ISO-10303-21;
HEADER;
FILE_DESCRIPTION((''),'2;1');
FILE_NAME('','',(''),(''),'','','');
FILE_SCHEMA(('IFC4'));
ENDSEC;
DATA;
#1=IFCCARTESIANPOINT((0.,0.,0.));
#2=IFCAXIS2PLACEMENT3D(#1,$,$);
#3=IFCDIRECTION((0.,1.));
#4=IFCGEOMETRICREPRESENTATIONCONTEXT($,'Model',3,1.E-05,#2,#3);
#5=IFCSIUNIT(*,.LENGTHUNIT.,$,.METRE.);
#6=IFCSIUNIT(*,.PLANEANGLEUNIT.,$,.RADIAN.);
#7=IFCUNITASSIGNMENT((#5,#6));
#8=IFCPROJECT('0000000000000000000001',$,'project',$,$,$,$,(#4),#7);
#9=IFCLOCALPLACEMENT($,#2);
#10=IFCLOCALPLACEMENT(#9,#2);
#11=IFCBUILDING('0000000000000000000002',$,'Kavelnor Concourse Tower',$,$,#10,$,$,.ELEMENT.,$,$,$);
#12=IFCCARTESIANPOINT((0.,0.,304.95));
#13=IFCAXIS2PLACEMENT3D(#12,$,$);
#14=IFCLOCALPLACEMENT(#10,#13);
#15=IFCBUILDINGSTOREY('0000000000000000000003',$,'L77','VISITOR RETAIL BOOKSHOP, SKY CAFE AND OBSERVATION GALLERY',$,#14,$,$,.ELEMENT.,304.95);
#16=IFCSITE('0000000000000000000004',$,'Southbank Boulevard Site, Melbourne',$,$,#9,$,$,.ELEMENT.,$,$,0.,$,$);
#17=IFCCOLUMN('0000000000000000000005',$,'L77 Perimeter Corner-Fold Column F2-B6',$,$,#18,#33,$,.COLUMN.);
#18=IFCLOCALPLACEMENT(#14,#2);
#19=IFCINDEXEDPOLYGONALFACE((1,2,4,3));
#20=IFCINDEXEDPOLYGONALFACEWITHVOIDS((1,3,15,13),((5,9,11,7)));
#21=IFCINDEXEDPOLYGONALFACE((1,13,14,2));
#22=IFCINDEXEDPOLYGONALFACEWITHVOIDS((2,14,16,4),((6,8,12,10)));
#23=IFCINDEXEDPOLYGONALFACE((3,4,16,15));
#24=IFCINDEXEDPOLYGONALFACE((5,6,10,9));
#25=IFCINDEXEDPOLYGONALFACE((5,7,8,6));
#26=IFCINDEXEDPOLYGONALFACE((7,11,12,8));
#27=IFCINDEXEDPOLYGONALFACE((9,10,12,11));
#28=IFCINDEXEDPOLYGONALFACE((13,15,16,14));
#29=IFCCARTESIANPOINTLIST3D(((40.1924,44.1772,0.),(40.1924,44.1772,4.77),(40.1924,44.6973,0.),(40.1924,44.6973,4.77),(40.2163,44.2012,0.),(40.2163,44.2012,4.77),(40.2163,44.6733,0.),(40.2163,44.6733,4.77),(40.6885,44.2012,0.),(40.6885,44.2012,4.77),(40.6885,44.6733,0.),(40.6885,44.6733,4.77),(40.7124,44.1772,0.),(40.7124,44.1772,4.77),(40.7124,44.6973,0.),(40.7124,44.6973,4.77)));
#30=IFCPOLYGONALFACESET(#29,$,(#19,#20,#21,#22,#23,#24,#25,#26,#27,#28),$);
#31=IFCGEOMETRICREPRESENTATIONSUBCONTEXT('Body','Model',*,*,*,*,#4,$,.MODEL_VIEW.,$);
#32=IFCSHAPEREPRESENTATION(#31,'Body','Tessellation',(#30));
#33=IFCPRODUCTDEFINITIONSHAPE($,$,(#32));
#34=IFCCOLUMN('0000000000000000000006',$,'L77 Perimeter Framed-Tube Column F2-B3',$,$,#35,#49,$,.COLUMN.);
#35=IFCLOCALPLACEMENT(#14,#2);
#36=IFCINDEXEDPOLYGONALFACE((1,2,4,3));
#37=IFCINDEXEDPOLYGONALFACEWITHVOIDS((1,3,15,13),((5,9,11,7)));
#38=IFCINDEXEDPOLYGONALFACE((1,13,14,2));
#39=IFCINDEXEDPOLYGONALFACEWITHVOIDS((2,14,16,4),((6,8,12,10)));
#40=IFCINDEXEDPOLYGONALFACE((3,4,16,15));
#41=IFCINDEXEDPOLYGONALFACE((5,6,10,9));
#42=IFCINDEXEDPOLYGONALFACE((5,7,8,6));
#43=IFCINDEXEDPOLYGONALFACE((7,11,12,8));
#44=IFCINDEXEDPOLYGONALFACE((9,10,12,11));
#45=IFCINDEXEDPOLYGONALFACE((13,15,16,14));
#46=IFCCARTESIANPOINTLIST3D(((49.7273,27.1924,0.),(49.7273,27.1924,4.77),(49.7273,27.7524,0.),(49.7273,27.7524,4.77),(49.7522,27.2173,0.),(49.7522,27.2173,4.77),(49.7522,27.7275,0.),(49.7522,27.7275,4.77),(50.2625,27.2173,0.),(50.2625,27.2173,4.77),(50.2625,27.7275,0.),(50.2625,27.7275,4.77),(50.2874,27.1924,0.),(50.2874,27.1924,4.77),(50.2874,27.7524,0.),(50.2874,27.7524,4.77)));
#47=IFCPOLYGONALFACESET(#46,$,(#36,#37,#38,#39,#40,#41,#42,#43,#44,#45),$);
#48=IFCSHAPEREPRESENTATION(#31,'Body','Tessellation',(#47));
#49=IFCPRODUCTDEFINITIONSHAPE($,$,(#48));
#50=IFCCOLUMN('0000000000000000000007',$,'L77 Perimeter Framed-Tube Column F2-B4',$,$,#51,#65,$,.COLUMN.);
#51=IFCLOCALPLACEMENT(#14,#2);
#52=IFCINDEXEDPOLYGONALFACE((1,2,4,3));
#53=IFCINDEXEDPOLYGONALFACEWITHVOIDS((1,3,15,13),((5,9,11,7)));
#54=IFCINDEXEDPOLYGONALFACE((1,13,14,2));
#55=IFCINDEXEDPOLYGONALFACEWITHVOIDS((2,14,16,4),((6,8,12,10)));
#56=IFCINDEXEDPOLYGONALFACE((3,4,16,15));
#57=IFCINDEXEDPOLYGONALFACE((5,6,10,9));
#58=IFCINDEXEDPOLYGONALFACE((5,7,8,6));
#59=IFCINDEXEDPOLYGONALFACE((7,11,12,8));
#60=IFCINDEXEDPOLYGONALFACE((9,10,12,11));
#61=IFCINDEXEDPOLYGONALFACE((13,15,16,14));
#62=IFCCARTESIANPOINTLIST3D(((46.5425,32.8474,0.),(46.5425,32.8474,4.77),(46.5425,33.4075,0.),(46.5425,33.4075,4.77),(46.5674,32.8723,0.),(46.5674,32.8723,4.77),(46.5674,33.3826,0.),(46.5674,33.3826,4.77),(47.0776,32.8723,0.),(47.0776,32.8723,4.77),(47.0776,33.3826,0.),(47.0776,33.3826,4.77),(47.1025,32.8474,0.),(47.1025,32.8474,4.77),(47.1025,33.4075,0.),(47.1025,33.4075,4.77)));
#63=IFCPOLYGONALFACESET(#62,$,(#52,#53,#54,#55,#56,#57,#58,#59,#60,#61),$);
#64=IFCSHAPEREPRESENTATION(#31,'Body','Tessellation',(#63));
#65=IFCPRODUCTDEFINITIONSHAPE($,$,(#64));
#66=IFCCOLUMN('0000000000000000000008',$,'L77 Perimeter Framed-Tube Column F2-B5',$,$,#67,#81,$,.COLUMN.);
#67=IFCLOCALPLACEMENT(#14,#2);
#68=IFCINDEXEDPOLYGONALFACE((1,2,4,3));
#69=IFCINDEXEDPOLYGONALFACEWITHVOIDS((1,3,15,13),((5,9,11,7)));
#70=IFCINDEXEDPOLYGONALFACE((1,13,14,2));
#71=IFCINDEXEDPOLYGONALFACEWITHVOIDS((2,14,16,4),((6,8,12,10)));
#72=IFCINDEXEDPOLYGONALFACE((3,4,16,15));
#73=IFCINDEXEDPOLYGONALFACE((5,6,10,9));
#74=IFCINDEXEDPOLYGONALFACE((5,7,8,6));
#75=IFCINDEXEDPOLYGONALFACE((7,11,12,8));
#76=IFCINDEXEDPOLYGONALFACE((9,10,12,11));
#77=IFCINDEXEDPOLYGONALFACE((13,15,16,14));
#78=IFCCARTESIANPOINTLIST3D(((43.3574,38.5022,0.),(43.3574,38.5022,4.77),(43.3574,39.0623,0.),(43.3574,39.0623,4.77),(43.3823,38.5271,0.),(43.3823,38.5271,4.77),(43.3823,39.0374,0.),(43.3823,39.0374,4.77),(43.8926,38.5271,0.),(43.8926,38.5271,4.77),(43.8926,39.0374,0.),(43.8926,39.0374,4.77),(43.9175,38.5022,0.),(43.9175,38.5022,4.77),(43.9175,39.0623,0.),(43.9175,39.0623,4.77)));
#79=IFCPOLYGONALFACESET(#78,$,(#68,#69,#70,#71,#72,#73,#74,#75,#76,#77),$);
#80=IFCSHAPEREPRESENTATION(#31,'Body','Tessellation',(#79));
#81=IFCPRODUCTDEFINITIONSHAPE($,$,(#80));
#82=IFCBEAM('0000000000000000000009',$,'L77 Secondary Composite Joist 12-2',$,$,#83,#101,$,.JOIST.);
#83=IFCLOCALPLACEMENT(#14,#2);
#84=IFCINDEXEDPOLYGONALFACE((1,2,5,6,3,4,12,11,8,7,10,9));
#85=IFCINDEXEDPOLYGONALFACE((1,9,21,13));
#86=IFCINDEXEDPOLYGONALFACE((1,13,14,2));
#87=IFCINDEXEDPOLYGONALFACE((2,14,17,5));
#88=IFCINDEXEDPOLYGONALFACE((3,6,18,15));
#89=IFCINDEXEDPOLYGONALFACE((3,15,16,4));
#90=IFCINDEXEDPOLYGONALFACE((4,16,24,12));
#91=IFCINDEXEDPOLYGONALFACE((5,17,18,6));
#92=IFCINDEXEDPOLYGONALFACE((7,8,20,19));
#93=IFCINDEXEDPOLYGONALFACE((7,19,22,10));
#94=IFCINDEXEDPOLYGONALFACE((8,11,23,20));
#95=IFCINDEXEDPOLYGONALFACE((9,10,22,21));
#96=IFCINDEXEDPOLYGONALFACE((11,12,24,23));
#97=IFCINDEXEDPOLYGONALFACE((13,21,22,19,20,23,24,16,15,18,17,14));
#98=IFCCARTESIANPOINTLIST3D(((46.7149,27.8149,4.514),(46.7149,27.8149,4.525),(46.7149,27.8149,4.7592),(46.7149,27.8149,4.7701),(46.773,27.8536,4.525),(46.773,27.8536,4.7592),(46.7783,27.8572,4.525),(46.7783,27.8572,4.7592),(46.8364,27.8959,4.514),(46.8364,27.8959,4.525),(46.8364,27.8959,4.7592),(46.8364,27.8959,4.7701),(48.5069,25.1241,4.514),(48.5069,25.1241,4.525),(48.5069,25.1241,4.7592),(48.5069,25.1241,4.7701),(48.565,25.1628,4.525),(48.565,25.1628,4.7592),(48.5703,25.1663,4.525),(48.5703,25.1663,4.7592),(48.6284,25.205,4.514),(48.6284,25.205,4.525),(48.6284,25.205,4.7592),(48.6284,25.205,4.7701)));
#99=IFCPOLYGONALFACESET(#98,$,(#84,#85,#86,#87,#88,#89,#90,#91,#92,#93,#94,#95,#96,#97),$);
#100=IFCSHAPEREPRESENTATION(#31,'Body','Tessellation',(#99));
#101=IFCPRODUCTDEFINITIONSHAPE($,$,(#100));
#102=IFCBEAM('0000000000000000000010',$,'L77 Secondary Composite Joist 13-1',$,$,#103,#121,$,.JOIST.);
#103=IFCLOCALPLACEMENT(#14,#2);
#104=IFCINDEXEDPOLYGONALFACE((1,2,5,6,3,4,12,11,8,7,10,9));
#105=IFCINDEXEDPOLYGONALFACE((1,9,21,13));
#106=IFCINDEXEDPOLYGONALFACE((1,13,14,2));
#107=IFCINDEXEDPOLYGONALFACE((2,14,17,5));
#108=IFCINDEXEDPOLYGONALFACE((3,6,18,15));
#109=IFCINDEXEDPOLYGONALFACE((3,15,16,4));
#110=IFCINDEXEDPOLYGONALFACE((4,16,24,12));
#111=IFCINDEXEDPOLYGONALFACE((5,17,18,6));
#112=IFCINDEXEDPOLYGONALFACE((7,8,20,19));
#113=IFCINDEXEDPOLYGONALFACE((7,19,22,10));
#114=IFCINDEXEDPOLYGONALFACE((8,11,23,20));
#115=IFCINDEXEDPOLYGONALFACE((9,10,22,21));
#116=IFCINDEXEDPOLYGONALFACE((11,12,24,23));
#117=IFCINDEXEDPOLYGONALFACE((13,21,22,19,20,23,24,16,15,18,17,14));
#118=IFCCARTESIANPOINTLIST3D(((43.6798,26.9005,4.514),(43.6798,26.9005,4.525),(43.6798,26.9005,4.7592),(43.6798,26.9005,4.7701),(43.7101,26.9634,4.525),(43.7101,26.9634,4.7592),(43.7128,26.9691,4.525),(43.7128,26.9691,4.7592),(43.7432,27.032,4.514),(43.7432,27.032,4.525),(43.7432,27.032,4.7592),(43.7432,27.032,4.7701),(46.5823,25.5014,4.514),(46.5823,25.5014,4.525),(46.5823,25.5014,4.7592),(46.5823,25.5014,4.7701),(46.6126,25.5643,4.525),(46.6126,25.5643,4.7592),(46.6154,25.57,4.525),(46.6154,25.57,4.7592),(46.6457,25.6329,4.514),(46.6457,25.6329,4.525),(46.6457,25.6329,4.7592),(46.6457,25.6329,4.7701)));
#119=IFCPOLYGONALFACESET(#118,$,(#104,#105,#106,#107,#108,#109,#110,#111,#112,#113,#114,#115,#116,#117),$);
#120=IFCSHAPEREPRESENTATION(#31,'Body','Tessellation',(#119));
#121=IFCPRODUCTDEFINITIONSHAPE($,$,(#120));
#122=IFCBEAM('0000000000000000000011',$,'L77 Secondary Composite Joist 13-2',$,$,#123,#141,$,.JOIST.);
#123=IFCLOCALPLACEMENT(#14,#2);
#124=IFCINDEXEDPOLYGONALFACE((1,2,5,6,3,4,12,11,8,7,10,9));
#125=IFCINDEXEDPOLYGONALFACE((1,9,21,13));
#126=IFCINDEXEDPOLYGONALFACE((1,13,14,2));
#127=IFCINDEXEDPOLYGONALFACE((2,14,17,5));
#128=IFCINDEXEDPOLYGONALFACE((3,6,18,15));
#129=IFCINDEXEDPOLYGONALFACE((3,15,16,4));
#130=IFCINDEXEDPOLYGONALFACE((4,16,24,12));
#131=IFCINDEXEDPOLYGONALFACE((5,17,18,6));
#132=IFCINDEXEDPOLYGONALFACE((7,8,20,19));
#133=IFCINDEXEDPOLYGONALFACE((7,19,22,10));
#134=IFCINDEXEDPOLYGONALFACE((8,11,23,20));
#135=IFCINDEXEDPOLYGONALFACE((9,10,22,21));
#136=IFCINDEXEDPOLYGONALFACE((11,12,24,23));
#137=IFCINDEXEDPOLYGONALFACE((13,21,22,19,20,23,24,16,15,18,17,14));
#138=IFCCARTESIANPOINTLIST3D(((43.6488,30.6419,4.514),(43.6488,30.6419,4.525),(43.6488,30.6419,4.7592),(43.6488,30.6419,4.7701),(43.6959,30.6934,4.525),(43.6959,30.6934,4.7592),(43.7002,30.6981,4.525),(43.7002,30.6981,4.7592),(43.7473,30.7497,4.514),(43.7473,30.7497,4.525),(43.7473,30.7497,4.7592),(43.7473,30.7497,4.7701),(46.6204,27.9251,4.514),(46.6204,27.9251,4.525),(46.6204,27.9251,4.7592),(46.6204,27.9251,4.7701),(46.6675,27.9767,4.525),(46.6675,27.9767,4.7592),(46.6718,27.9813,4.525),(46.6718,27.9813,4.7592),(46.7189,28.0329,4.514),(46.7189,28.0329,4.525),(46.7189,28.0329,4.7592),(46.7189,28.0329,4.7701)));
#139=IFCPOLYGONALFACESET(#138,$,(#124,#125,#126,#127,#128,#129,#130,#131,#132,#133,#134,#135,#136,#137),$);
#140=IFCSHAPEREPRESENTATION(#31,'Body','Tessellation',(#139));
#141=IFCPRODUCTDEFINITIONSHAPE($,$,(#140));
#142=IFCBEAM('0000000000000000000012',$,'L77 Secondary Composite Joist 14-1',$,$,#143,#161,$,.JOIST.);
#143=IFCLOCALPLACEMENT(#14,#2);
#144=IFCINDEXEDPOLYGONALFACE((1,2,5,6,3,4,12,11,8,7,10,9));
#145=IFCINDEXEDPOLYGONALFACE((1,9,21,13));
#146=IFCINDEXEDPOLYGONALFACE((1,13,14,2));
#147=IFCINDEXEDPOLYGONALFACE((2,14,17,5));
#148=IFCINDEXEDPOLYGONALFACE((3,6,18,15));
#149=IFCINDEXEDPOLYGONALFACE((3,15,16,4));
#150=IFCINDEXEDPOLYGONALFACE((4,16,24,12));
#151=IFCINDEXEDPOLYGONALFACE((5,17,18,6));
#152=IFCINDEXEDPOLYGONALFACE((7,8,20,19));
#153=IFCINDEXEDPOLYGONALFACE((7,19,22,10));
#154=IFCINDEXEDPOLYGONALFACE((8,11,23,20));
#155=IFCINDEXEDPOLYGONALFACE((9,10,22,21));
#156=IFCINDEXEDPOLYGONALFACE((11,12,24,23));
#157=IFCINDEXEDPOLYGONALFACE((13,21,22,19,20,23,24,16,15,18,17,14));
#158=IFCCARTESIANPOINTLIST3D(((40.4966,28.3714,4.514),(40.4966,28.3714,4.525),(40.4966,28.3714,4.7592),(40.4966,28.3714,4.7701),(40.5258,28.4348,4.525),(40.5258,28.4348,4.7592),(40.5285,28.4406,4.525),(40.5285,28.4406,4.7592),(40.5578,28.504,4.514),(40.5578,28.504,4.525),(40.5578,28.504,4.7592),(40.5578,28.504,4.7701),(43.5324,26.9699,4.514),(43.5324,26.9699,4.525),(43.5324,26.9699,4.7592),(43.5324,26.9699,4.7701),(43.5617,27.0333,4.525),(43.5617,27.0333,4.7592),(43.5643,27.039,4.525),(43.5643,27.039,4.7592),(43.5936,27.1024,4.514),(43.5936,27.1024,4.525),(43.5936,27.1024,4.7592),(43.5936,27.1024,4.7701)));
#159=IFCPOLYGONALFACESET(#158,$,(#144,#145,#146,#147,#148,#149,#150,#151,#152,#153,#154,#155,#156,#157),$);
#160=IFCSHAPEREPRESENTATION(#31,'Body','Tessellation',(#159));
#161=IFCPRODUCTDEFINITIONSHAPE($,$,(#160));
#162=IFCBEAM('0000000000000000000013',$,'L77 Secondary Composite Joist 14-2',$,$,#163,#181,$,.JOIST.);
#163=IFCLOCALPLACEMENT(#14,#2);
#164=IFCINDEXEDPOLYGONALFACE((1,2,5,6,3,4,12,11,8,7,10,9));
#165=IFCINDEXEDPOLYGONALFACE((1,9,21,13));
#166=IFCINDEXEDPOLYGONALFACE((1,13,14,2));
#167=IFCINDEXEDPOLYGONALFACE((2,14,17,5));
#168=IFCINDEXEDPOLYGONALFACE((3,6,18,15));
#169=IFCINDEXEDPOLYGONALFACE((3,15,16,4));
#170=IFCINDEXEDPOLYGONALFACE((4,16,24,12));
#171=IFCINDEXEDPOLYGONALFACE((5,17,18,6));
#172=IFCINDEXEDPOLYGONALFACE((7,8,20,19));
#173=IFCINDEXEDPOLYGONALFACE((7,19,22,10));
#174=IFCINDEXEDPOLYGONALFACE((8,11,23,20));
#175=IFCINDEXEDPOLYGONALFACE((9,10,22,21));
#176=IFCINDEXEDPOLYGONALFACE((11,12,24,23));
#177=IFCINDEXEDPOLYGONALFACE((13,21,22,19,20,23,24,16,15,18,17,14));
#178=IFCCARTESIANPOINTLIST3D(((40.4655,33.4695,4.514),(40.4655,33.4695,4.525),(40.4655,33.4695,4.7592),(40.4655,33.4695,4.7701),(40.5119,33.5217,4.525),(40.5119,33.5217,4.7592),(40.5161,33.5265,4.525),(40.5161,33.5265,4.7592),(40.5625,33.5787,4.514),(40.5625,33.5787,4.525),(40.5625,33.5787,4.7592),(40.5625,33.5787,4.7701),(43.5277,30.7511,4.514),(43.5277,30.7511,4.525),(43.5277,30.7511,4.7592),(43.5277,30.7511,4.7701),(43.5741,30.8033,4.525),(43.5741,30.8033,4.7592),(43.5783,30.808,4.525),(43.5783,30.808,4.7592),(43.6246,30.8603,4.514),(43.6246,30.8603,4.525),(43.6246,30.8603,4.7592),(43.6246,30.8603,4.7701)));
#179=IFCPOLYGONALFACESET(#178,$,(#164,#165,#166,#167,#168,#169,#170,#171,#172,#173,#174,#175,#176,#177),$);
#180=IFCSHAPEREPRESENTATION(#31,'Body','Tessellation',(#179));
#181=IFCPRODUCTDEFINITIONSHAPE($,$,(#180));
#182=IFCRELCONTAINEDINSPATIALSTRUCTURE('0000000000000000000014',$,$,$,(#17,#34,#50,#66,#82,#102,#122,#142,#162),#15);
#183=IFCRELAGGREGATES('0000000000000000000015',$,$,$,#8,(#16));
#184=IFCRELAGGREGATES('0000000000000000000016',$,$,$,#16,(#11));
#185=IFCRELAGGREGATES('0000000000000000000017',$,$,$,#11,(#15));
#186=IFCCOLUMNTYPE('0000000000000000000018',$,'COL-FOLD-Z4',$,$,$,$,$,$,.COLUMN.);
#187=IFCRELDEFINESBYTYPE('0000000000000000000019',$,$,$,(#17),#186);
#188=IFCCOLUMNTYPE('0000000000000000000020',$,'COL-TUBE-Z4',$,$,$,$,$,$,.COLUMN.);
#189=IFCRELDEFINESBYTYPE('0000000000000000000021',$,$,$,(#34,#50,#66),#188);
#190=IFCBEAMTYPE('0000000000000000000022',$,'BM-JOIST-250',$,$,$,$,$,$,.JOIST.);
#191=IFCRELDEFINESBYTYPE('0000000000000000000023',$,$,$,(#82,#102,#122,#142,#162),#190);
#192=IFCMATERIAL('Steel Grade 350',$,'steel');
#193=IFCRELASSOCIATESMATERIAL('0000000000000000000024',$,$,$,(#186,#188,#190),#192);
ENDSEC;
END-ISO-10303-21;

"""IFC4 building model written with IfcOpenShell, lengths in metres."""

from ifc_helpers import new_model, si_unit, direction, frame, origin, origin_2d, place, context, subcontext, project, spatial, hollow_rectangle, i_section, extrude, material, material_profile, profile_set, type_object, element, save


model = new_model("IFC4")

# Units and contexts
model_context = context("Model", 3, precision=1e-05, world=origin(), true_north=direction((0.0, 1.0)))
body_context = subcontext(model_context, "Body", "Model", "MODEL_VIEW")
ifc_project = project(units=[si_unit("LENGTHUNIT", "METRE"), si_unit("PLANEANGLEUNIT", "RADIAN")], contexts=[model_context])

# Site, building, storey
site_placement = place(None, origin())
site = spatial("IfcSite", under=ifc_project, at=site_placement, Name="Southbank Boulevard Site, Melbourne", CompositionType="ELEMENT", RefElevation=0.0)
building_placement = place(site_placement, origin())
building = spatial("IfcBuilding", under=site, at=building_placement, Name="Kavelnor Concourse Tower", CompositionType="ELEMENT")
storey_placement = place(building_placement, frame((0.0, 0.0, 304.95)))
storey = spatial("IfcBuildingStorey", under=building, at=storey_placement, Name="L77", Description="VISITOR RETAIL BOOKSHOP, SKY CAFE AND OBSERVATION GALLERY", CompositionType="ELEMENT", Elevation=304.95)

# Columns
ifc_material_1 = material(Name="Steel Grade 350", Category="steel")
ifc_material_profile_1 = material_profile(ifc_material_1, hollow_rectangle(XDim=0.52, YDim=0.52, WallThickness=0.0239, at=origin_2d()), Name="SHS 520x520x24")
ifc_profile_set_1 = profile_set([ifc_material_profile_1], Name="Steel Grade 350")
column_type_1 = type_object("IfcColumnType", Name="COL-FOLD-Z4", PredefinedType="COLUMN", material=ifc_profile_set_1)
column_placement = place(storey_placement, frame((40.4524, 44.4373, 0.0), z_axis=(0.0, 0.0, 1.0), x_axis=(1.0, 0.0, 0.0)))
element("IfcColumn", 1, at=column_placement, inside=storey, type_object=column_type_1, Name="L77 Perimeter Corner-Fold Column F2-B6", PredefinedType="COLUMN", context=body_context, shape_type="SweptSolid", body=[
    extrude(hollow_rectangle(XDim=0.52, YDim=0.52, WallThickness=0.0239, at=origin_2d()), origin(), (0.0, 0.0, 1.0), 4.77),
])
ifc_material_profile_2 = material_profile(ifc_material_1, hollow_rectangle(XDim=0.5601, YDim=0.5601, WallThickness=0.0249, at=origin_2d()), Name="SHS 560x560x25")
ifc_profile_set_2 = profile_set([ifc_material_profile_2], Name="Steel Grade 350")
column_type_2 = type_object("IfcColumnType", Name="COL-TUBE-Z4", PredefinedType="COLUMN", material=ifc_profile_set_2)
for number, where, z_axis, x_axis, name in (
    (2, (50.0073, 27.4724, 0.0), (0.0, 0.0, 1.0), (1.0, 0.0, 0.0), "L77 Perimeter Framed-Tube Column F2-B3"),
    (3, (46.8225, 33.1274, 0.0), (0.0, 0.0, 1.0), (1.0, 0.0, 0.0), "L77 Perimeter Framed-Tube Column F2-B4"),
    (4, (43.6375, 38.7822, 0.0), (0.0, 0.0, 1.0), (1.0, 0.0, 0.0), "L77 Perimeter Framed-Tube Column F2-B5"),
):
    element("IfcColumn", number, at=place(storey_placement, frame(where, z_axis=z_axis, x_axis=x_axis)), inside=storey, type_object=column_type_2, Name=name, PredefinedType="COLUMN", context=body_context, shape_type="SweptSolid", body=[
        extrude(hollow_rectangle(XDim=0.5601, YDim=0.5601, WallThickness=0.0249, at=origin_2d()), origin(), (0.0, 0.0, 1.0), 4.77),
    ])

# Beams
ifc_material_profile_3 = material_profile(ifc_material_1, i_section(OverallWidth=0.146, OverallDepth=0.2561, WebThickness=0.0063, FlangeThickness=0.011, at=origin_2d()), Name="250UB37")
ifc_profile_set_3 = profile_set([ifc_material_profile_3], Name="Steel Grade 350")
beam_type_1 = type_object("IfcBeamType", Name="BM-JOIST-250", PredefinedType="JOIST", material=ifc_profile_set_3)
beam_1_placement = place(storey_placement, frame((48.5676, 25.1646, 4.6421), z_axis=(-0.554282, 0.832329, 0.0), x_axis=(-0.832329, -0.554282, 0.0)))
element("IfcBeam", 5, at=beam_1_placement, inside=storey, type_object=beam_type_1, Name="L77 Secondary Composite Joist 12-2", PredefinedType="JOIST", context=body_context, shape_type="SweptSolid", body=[
    extrude(i_section(OverallWidth=0.146, OverallDepth=0.2561, WebThickness=0.0063, FlangeThickness=0.011, at=origin_2d()), origin(), (0.0, 0.0, 1.0), 3.2329),
])
beam_2_placement = place(storey_placement, frame((46.614, 25.5671, 4.6421), z_axis=(-0.900804, 0.434226, 0.0), x_axis=(-0.434226, -0.900804, 0.0)))
element("IfcBeam", 6, at=beam_2_placement, inside=storey, type_object=beam_type_1, Name="L77 Secondary Composite Joist 13-1", PredefinedType="JOIST", context=body_context, shape_type="SweptSolid", body=[
    extrude(i_section(OverallWidth=0.146, OverallDepth=0.2561, WebThickness=0.0063, FlangeThickness=0.011, at=origin_2d()), origin(), (0.0, 0.0, 1.0), 3.2222),
])
beam_3_placement = place(storey_placement, frame((46.6697, 27.979, 4.6421), z_axis=(-0.73805, 0.674747, 0.0), x_axis=(-0.674747, -0.73805, 0.0)))
element("IfcBeam", 7, at=beam_3_placement, inside=storey, type_object=beam_type_1, Name="L77 Secondary Composite Joist 13-2", PredefinedType="JOIST", context=body_context, shape_type="SweptSolid", body=[
    extrude(i_section(OverallWidth=0.146, OverallDepth=0.2561, WebThickness=0.0063, FlangeThickness=0.011, at=origin_2d()), origin(), (0.0, 0.0, 1.0), 4.0264),
])
beam_4_placement = place(storey_placement, frame((43.563, 27.0361, 4.6421), z_axis=(-0.90791, 0.419165, 0.0), x_axis=(-0.419165, -0.90791, 0.0)))
element("IfcBeam", 8, at=beam_4_placement, inside=storey, type_object=beam_type_1, Name="L77 Secondary Composite Joist 14-1", PredefinedType="JOIST", context=body_context, shape_type="SweptSolid", body=[
    extrude(i_section(OverallWidth=0.146, OverallDepth=0.2561, WebThickness=0.0063, FlangeThickness=0.011, at=origin_2d()), origin(), (0.0, 0.0, 1.0), 3.3438),
])
beam_5_placement = place(storey_placement, frame((43.5762, 30.8057, 4.6421), z_axis=(-0.747834, 0.663886, 0.0), x_axis=(-0.663886, -0.747834, 0.0)))
element("IfcBeam", 9, at=beam_5_placement, inside=storey, type_object=beam_type_1, Name="L77 Secondary Composite Joist 14-2", PredefinedType="JOIST", context=body_context, shape_type="SweptSolid", body=[
    extrude(i_section(OverallWidth=0.146, OverallDepth=0.2561, WebThickness=0.0063, FlangeThickness=0.011, at=origin_2d()), origin(), (0.0, 0.0, 1.0), 4.0947),
])

save(model, "model.ifc")
